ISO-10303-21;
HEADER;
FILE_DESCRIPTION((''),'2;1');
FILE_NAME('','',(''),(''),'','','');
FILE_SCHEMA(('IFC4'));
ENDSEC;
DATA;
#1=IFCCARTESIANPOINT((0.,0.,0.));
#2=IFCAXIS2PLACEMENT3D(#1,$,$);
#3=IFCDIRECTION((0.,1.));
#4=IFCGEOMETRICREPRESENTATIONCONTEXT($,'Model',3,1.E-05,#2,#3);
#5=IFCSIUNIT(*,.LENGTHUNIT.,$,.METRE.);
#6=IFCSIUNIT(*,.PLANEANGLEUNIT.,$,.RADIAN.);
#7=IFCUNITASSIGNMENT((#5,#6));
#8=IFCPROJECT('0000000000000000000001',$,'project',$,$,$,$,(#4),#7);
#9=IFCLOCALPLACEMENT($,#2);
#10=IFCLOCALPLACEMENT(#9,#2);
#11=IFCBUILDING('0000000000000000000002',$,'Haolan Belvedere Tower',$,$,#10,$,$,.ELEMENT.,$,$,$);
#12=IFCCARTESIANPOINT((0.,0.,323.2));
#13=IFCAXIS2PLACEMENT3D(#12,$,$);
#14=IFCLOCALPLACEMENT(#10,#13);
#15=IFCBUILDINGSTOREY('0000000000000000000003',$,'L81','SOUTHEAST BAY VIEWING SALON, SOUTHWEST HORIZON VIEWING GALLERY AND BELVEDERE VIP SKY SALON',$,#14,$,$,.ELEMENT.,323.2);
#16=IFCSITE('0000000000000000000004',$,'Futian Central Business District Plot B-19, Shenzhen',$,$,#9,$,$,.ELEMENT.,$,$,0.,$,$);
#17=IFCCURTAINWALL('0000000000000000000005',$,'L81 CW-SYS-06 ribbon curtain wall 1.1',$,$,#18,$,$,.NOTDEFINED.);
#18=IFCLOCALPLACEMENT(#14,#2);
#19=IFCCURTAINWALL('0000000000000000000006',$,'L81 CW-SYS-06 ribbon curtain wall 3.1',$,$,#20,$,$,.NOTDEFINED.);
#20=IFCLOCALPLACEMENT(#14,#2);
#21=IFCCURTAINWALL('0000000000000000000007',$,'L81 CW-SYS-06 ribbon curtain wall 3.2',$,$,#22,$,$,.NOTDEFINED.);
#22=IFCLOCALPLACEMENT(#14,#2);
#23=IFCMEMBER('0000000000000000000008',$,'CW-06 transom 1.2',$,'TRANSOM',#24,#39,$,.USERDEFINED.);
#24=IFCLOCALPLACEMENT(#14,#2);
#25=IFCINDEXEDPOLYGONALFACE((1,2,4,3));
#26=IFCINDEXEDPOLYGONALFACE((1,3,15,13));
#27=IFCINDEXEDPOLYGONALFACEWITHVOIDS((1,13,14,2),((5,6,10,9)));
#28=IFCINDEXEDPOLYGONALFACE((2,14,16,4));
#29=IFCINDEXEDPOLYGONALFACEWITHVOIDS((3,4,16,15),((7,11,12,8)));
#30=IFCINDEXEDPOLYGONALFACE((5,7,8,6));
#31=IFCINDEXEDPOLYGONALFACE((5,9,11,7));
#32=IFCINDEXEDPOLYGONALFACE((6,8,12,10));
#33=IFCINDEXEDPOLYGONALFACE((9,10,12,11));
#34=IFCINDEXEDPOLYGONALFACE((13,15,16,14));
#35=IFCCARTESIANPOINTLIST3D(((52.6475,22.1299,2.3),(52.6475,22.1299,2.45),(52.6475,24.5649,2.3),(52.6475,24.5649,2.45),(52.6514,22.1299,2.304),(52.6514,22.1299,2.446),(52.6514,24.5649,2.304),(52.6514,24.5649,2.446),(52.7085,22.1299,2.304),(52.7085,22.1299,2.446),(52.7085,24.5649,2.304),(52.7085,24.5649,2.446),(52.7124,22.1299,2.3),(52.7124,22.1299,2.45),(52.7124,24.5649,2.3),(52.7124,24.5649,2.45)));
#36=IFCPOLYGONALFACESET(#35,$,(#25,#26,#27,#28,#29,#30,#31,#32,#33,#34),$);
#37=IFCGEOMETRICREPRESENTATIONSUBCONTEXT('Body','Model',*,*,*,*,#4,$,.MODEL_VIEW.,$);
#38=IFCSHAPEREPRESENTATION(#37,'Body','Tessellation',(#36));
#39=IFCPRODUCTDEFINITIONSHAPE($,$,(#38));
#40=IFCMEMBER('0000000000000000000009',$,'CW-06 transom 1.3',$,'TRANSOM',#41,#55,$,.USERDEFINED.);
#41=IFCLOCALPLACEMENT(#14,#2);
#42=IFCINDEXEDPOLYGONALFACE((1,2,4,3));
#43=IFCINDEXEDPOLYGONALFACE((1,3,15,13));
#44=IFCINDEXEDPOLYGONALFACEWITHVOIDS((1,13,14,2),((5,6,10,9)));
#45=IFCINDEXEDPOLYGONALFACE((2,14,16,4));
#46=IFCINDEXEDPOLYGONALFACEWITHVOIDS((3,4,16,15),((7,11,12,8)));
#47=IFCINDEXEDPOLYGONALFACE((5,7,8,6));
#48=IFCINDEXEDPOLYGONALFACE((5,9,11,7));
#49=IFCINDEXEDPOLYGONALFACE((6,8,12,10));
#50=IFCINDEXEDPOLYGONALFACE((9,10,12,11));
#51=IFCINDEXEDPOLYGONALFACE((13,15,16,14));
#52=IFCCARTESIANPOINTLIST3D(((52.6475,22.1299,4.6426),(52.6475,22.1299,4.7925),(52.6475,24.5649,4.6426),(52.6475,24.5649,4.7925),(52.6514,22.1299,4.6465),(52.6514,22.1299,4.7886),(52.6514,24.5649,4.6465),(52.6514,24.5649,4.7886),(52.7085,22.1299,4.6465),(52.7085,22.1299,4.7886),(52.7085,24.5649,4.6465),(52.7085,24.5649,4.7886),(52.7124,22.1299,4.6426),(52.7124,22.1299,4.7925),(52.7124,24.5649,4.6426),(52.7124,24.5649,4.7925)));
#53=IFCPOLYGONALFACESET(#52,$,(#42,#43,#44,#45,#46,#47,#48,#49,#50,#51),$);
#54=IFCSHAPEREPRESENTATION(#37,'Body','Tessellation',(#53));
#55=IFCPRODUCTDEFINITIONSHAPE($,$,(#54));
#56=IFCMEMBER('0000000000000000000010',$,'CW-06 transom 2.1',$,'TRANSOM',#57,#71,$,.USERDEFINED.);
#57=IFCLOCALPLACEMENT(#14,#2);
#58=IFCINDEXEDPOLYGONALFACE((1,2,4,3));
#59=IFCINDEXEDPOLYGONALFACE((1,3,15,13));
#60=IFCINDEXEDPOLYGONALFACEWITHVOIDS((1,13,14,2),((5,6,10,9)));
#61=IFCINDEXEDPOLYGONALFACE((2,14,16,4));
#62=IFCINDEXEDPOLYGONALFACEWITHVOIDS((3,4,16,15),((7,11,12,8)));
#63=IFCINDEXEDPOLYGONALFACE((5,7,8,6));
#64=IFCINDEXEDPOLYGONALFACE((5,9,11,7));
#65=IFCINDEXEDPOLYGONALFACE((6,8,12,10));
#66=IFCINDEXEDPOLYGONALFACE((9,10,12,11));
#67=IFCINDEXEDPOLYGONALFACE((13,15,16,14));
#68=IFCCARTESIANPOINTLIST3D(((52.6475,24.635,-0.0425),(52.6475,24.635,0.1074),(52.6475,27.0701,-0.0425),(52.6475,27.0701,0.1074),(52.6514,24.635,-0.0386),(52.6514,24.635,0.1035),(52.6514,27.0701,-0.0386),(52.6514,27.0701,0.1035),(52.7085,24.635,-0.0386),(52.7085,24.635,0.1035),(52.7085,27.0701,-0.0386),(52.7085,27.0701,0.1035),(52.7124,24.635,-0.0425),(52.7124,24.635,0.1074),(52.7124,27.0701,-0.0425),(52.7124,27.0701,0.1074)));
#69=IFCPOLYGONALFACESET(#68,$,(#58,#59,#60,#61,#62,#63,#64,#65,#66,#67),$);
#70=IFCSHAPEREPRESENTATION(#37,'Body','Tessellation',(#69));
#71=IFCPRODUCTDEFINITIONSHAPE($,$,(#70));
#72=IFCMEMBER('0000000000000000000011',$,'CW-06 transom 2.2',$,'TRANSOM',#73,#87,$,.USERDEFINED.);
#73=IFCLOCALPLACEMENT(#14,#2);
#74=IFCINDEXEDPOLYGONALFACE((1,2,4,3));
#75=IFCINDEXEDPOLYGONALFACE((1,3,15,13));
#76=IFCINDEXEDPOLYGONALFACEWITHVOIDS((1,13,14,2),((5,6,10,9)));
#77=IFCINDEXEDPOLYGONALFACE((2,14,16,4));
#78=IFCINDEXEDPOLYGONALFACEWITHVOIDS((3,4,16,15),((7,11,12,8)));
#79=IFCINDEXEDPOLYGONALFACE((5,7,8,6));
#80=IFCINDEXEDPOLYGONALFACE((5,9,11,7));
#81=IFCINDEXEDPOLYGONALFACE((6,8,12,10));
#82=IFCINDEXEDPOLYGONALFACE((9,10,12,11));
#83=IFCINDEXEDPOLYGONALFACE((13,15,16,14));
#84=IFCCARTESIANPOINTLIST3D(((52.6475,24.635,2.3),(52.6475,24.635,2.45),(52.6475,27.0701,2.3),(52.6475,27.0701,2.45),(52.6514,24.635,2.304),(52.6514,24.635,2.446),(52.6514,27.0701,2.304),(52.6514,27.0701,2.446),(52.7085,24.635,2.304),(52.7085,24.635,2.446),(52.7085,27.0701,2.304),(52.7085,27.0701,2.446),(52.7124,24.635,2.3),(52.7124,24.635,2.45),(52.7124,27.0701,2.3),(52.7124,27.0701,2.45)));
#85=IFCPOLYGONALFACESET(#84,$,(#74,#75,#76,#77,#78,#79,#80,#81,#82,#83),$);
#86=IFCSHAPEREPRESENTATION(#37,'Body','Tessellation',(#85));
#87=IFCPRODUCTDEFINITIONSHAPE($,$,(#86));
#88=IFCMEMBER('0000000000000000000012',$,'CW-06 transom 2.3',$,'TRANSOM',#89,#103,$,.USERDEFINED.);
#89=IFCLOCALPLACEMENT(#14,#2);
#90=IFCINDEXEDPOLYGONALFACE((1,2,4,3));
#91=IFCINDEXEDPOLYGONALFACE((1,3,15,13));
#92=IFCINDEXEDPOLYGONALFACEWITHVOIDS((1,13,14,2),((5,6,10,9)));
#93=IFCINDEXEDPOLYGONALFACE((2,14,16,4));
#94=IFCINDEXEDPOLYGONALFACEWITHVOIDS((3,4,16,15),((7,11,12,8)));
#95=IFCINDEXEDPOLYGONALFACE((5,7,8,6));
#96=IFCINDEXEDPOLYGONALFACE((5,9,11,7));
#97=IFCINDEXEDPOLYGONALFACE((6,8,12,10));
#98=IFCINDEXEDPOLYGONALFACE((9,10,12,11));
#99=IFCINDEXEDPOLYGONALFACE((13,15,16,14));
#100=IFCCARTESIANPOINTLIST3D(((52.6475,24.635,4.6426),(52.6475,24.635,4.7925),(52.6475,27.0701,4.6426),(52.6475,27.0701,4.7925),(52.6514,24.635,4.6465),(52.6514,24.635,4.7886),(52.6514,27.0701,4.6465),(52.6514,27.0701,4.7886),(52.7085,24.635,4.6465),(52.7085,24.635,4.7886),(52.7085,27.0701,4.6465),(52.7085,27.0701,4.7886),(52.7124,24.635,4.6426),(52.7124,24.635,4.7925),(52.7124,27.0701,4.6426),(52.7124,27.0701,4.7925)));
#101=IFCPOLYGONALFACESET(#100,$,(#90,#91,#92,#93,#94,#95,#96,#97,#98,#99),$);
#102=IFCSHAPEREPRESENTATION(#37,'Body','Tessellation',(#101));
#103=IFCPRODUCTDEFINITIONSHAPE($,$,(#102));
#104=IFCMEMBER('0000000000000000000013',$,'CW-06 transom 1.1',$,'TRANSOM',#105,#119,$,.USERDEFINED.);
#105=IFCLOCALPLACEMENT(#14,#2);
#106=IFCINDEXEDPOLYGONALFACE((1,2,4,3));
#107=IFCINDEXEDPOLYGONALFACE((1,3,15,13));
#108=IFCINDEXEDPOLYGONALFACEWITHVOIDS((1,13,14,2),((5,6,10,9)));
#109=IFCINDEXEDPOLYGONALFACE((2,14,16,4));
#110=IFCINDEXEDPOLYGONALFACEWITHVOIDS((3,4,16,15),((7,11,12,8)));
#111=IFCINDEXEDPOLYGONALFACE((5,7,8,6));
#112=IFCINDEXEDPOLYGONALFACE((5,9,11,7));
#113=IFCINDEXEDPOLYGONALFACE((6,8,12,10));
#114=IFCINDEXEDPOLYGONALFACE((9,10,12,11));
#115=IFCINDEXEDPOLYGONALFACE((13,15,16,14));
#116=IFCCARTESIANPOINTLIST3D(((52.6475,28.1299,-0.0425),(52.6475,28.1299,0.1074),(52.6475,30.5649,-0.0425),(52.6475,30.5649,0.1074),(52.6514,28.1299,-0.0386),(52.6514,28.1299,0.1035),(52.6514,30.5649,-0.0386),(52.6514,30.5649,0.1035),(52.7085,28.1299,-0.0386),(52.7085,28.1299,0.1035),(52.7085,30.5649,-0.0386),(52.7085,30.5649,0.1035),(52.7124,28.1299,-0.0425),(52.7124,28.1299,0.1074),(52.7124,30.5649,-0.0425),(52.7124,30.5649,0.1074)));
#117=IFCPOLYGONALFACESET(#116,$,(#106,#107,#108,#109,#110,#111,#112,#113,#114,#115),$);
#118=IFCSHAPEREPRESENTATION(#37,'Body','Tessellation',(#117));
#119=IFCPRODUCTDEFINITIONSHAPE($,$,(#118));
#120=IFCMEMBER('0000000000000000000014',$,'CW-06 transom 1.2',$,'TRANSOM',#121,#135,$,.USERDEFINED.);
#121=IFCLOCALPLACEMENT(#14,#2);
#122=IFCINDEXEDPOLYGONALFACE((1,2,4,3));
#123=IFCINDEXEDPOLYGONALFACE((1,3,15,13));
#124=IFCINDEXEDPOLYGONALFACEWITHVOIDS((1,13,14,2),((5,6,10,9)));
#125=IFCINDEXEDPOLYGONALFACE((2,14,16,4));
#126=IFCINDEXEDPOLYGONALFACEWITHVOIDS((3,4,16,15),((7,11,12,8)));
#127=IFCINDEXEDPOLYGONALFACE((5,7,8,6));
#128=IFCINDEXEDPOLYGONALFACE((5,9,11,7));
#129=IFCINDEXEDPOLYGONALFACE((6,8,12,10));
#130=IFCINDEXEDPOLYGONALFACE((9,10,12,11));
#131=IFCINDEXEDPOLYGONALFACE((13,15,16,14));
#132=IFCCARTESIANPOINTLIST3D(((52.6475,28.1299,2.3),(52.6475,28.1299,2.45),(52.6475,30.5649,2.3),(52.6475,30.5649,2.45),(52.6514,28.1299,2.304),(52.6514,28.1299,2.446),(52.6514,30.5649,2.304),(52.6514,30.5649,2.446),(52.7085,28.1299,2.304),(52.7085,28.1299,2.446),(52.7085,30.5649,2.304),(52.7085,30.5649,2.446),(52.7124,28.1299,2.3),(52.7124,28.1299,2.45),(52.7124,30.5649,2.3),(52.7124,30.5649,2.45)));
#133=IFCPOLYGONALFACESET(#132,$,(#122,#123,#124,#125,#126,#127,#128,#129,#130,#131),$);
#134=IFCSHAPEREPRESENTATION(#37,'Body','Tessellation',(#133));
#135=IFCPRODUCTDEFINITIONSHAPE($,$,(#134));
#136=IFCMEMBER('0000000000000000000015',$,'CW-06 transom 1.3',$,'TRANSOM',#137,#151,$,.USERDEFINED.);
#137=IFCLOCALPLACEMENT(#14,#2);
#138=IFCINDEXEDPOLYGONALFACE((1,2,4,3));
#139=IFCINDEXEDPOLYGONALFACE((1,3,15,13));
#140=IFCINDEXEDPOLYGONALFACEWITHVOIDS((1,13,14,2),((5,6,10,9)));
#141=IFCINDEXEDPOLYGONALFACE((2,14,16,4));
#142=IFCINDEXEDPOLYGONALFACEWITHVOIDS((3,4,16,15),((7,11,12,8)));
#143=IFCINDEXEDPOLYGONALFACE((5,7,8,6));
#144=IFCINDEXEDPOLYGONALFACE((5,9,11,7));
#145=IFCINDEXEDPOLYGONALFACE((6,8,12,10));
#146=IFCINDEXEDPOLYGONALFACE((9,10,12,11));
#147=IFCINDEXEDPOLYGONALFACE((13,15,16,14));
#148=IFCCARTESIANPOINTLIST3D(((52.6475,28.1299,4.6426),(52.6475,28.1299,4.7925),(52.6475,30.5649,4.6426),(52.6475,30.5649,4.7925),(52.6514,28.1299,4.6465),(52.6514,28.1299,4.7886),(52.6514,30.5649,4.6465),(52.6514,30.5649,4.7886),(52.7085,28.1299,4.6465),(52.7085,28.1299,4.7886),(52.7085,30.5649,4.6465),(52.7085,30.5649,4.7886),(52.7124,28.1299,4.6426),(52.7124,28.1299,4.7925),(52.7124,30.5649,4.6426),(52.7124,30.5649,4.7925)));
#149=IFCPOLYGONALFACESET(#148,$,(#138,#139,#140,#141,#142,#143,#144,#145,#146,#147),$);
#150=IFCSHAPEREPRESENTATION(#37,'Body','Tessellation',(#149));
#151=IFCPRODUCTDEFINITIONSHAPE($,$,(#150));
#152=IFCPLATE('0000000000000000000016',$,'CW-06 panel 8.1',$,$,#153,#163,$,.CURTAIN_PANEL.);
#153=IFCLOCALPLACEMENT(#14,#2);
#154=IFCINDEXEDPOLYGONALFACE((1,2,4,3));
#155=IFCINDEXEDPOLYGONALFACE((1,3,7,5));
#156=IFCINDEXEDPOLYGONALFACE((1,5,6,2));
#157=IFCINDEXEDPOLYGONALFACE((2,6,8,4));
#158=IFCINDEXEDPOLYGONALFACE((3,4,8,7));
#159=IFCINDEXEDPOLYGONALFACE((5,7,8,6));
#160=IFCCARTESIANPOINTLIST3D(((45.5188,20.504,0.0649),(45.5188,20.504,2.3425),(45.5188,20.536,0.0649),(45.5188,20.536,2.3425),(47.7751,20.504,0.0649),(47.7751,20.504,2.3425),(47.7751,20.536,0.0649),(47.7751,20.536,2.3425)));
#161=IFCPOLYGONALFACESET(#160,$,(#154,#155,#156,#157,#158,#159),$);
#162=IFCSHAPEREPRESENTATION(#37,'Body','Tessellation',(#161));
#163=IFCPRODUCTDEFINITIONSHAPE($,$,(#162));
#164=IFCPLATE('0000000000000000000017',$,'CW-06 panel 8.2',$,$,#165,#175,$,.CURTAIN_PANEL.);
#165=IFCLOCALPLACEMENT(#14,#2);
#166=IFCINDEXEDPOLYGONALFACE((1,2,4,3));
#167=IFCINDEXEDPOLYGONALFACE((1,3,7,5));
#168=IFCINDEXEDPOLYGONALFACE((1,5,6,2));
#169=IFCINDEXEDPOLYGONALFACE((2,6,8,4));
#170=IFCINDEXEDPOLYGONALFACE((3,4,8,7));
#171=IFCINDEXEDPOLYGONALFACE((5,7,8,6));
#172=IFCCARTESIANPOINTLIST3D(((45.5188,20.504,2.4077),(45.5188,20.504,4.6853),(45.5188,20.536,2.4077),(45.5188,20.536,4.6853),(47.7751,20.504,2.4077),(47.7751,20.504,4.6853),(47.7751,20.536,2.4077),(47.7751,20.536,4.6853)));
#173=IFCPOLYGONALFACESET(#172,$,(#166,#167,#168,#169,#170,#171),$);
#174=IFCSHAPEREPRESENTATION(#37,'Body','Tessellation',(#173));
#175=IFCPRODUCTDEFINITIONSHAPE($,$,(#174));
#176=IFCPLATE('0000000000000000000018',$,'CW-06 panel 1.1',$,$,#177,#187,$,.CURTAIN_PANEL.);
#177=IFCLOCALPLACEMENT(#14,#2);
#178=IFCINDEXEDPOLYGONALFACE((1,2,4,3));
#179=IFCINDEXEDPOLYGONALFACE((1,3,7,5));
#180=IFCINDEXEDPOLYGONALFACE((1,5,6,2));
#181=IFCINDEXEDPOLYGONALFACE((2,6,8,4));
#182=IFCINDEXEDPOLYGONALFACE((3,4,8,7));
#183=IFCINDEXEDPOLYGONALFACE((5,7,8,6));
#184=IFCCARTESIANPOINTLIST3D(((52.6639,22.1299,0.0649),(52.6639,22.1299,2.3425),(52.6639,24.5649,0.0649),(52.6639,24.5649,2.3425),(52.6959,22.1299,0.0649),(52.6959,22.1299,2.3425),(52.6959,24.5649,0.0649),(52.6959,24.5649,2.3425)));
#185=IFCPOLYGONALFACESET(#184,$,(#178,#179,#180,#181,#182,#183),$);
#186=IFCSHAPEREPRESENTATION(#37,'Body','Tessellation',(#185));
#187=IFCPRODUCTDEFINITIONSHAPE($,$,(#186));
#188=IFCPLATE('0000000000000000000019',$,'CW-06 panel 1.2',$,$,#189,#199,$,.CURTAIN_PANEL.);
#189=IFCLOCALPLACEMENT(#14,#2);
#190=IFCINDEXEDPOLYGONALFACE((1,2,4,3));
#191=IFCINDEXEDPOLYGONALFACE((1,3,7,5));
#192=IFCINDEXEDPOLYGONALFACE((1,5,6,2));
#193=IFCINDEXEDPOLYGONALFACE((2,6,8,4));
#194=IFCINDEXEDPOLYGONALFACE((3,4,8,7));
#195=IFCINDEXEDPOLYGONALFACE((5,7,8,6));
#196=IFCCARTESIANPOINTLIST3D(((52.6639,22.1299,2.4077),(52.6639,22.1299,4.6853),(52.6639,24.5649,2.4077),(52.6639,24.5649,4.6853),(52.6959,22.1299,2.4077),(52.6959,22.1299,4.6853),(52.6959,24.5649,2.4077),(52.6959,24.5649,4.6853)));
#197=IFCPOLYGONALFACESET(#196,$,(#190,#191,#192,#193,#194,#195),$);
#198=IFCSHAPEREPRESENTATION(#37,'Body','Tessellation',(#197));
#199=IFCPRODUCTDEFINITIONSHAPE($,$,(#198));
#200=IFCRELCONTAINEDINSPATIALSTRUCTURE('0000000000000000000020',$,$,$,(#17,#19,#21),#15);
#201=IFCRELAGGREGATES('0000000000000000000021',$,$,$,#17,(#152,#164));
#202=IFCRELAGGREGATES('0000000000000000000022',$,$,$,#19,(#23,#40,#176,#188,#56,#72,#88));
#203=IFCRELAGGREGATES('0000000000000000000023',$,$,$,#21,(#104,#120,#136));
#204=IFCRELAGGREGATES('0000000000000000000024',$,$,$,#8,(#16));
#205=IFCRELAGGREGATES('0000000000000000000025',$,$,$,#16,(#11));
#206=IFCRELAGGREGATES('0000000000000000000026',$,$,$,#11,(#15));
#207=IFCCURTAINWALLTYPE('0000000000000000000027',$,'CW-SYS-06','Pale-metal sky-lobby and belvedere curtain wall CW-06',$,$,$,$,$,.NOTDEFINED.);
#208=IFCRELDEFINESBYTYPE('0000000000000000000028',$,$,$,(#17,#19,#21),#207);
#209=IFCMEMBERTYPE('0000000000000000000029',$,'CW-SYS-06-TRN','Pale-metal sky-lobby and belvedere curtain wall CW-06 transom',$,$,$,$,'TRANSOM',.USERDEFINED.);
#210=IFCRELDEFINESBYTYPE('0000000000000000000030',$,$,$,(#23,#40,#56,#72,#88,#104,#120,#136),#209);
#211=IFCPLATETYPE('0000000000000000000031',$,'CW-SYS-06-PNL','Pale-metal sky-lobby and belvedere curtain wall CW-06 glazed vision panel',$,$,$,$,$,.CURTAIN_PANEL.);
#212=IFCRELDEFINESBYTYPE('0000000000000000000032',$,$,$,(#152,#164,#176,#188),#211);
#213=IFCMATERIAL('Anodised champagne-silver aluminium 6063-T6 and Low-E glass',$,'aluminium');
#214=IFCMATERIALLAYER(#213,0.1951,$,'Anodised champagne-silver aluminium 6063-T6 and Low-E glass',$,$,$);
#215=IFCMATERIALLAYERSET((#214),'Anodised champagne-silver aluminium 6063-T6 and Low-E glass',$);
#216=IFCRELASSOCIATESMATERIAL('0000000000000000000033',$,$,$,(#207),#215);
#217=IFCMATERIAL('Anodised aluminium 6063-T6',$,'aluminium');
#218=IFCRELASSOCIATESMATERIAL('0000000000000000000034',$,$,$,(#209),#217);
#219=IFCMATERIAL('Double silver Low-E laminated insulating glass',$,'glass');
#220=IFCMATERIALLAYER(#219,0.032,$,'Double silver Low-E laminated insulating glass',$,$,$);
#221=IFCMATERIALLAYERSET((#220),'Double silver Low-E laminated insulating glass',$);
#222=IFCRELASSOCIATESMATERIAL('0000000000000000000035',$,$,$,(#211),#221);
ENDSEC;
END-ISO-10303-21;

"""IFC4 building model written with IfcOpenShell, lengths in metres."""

from ifc_helpers import new_model, si_unit, direction, frame, origin, origin_2d, place, context, subcontext, project, spatial, rectangle, hollow_rectangle, extrude, material, layer, layer_set, material_profile, profile_set, type_object, element, aggregate, save


model = new_model("IFC4")

# Units and contexts
model_context = context("Model", 3, precision=1e-05, world=origin(), true_north=direction((0.0, 1.0)))
body_context = subcontext(model_context, "Body", "Model", "MODEL_VIEW")
ifc_project = project(units=[si_unit("LENGTHUNIT", "METRE"), si_unit("PLANEANGLEUNIT", "RADIAN")], contexts=[model_context])

# Site, building, storey
site_placement = place(None, origin())
site = spatial("IfcSite", under=ifc_project, at=site_placement, Name="Futian Central Business District Plot B-19, Shenzhen", CompositionType="ELEMENT", RefElevation=0.0)
building_placement = place(site_placement, origin())
building = spatial("IfcBuilding", under=site, at=building_placement, Name="Haolan Belvedere Tower", CompositionType="ELEMENT")
storey_placement = place(building_placement, frame((0.0, 0.0, 323.2)))
storey = spatial("IfcBuildingStorey", under=building, at=storey_placement, Name="L81", Description="SOUTHEAST BAY VIEWING SALON, SOUTHWEST HORIZON VIEWING GALLERY AND BELVEDERE VIP SKY SALON", CompositionType="ELEMENT", Elevation=323.2)

# Curtain wall
ifc_material_1 = material(Name="Anodised champagne-silver aluminium 6063-T6 and Low-E glass", Category="aluminium")
ifc_layer_1 = layer(ifc_material_1, 0.1951, Name="Anodised champagne-silver aluminium 6063-T6 and Low-E glass")
ifc_layer_set_1 = layer_set([ifc_layer_1], Name="Anodised champagne-silver aluminium 6063-T6 and Low-E glass")
curtain_wall_type = type_object("IfcCurtainWallType", Name="CW-SYS-06", Description="Pale-metal sky-lobby and belvedere curtain wall CW-06", PredefinedType="NOTDEFINED", material=ifc_layer_set_1)
curtain_wall_1_placement = place(storey_placement, origin())
curtain_wall_1 = element("IfcCurtainWall", 1, at=curtain_wall_1_placement, inside=storey, type_object=curtain_wall_type, Name="L81 CW-SYS-06 ribbon curtain wall 1.1", PredefinedType="NOTDEFINED")
ifc_material_2 = material(Name="Anodised aluminium 6063-T6", Category="aluminium")

# Curtain wall
curtain_wall_2_placement = place(storey_placement, origin())
curtain_wall_2 = element("IfcCurtainWall", 2, at=curtain_wall_2_placement, inside=storey, type_object=curtain_wall_type, Name="L81 CW-SYS-06 ribbon curtain wall 3.1", PredefinedType="NOTDEFINED")

# Curtain wall
curtain_wall_3_placement = place(storey_placement, origin())
curtain_wall_3 = element("IfcCurtainWall", 3, at=curtain_wall_3_placement, inside=storey, type_object=curtain_wall_type, Name="L81 CW-SYS-06 ribbon curtain wall 3.2", PredefinedType="NOTDEFINED")

# Members
ifc_material_profile_1 = material_profile(ifc_material_2, hollow_rectangle(XDim=0.0649, YDim=0.1499, WallThickness=0.0039, at=origin_2d()), Name="Anodised aluminium 6063-T6")
ifc_profile_set_1 = profile_set([ifc_material_profile_1], Name="Anodised aluminium 6063-T6")
member_type_1 = type_object("IfcMemberType", Name="CW-SYS-06-TRN", Description="Pale-metal sky-lobby and belvedere curtain wall CW-06 transom", ElementType="TRANSOM", PredefinedType="USERDEFINED", material=ifc_profile_set_1)
member_1_placement = place(storey_placement, frame((52.6799, 22.1299, 2.375), z_axis=(0.0, 1.0, 0.0), x_axis=(-1.0, 0.0, 0.0)))
member_1 = element("IfcMember", 4, at=member_1_placement, type_object=member_type_1, Name="CW-06 transom 1.2", ObjectType="TRANSOM", PredefinedType="USERDEFINED", context=body_context, shape_type="SweptSolid", body=[
    extrude(hollow_rectangle(XDim=0.0649, YDim=0.1499, WallThickness=0.0039, at=origin_2d()), origin(), (0.0, 0.0, 1.0), 2.4351),
])
member_2_placement = place(storey_placement, frame((52.6799, 22.1299, 4.7175), z_axis=(0.0, 1.0, 0.0), x_axis=(-1.0, 0.0, 0.0)))
member_2 = element("IfcMember", 5, at=member_2_placement, type_object=member_type_1, Name="CW-06 transom 1.3", ObjectType="TRANSOM", PredefinedType="USERDEFINED", context=body_context, shape_type="SweptSolid", body=[
    extrude(hollow_rectangle(XDim=0.0649, YDim=0.1499, WallThickness=0.0039, at=origin_2d()), origin(), (0.0, 0.0, 1.0), 2.4351),
])
member_3_placement = place(storey_placement, frame((52.6799, 24.635, 0.0325), z_axis=(0.0, 1.0, 0.0), x_axis=(-1.0, 0.0, 0.0)))
member_3 = element("IfcMember", 6, at=member_3_placement, type_object=member_type_1, Name="CW-06 transom 2.1", ObjectType="TRANSOM", PredefinedType="USERDEFINED", context=body_context, shape_type="SweptSolid", body=[
    extrude(hollow_rectangle(XDim=0.0649, YDim=0.1499, WallThickness=0.0039, at=origin_2d()), origin(), (0.0, 0.0, 1.0), 2.4351),
])
member_4_placement = place(storey_placement, frame((52.6799, 24.635, 2.375), z_axis=(0.0, 1.0, 0.0), x_axis=(-1.0, 0.0, 0.0)))
member_4 = element("IfcMember", 7, at=member_4_placement, type_object=member_type_1, Name="CW-06 transom 2.2", ObjectType="TRANSOM", PredefinedType="USERDEFINED", context=body_context, shape_type="SweptSolid", body=[
    extrude(hollow_rectangle(XDim=0.0649, YDim=0.1499, WallThickness=0.0039, at=origin_2d()), origin(), (0.0, 0.0, 1.0), 2.4351),
])
member_5_placement = place(storey_placement, frame((52.6799, 24.635, 4.7175), z_axis=(0.0, 1.0, 0.0), x_axis=(-1.0, 0.0, 0.0)))
member_5 = element("IfcMember", 8, at=member_5_placement, type_object=member_type_1, Name="CW-06 transom 2.3", ObjectType="TRANSOM", PredefinedType="USERDEFINED", context=body_context, shape_type="SweptSolid", body=[
    extrude(hollow_rectangle(XDim=0.0649, YDim=0.1499, WallThickness=0.0039, at=origin_2d()), origin(), (0.0, 0.0, 1.0), 2.4351),
])
member_6_placement = place(storey_placement, frame((52.6799, 28.1299, 0.0325), z_axis=(0.0, 1.0, 0.0), x_axis=(-1.0, 0.0, 0.0)))
member_6 = element("IfcMember", 9, at=member_6_placement, type_object=member_type_1, Name="CW-06 transom 1.1", ObjectType="TRANSOM", PredefinedType="USERDEFINED", context=body_context, shape_type="SweptSolid", body=[
    extrude(hollow_rectangle(XDim=0.0649, YDim=0.1499, WallThickness=0.0039, at=origin_2d()), origin(), (0.0, 0.0, 1.0), 2.4351),
])
member_7_placement = place(storey_placement, frame((52.6799, 28.1299, 2.375), z_axis=(0.0, 1.0, 0.0), x_axis=(-1.0, 0.0, 0.0)))
member_7 = element("IfcMember", 10, at=member_7_placement, type_object=member_type_1, Name="CW-06 transom 1.2", ObjectType="TRANSOM", PredefinedType="USERDEFINED", context=body_context, shape_type="SweptSolid", body=[
    extrude(hollow_rectangle(XDim=0.0649, YDim=0.1499, WallThickness=0.0039, at=origin_2d()), origin(), (0.0, 0.0, 1.0), 2.4351),
])
member_8_placement = place(storey_placement, frame((52.6799, 28.1299, 4.7175), z_axis=(0.0, 1.0, 0.0), x_axis=(-1.0, 0.0, 0.0)))
member_8 = element("IfcMember", 11, at=member_8_placement, type_object=member_type_1, Name="CW-06 transom 1.3", ObjectType="TRANSOM", PredefinedType="USERDEFINED", context=body_context, shape_type="SweptSolid", body=[
    extrude(hollow_rectangle(XDim=0.0649, YDim=0.1499, WallThickness=0.0039, at=origin_2d()), origin(), (0.0, 0.0, 1.0), 2.4351),
])

# Plates
ifc_material_3 = material(Name="Double silver Low-E laminated insulating glass", Category="glass")
ifc_layer_2 = layer(ifc_material_3, 0.032, Name="Double silver Low-E laminated insulating glass")
ifc_layer_set_2 = layer_set([ifc_layer_2], Name="Double silver Low-E laminated insulating glass")
plate_type_1 = type_object("IfcPlateType", Name="CW-SYS-06-PNL", Description="Pale-metal sky-lobby and belvedere curtain wall CW-06 glazed vision panel", PredefinedType="CURTAIN_PANEL", material=ifc_layer_set_2)
plate_1_placement = place(storey_placement, frame((46.647, 20.52, 0.0649), z_axis=(0.0, 0.0, 1.0), x_axis=(1.0, 0.0, 0.0)))
plate_1 = element("IfcPlate", 12, at=plate_1_placement, type_object=plate_type_1, Name="CW-06 panel 8.1", PredefinedType="CURTAIN_PANEL", context=body_context, shape_type="SweptSolid", body=[
    extrude(rectangle(XDim=2.2563, YDim=0.032, at=origin_2d()), origin(), (0.0, 0.0, 1.0), 2.2776),
])
plate_2_placement = place(storey_placement, frame((46.647, 20.52, 2.4077), z_axis=(0.0, 0.0, 1.0), x_axis=(1.0, 0.0, 0.0)))
plate_2 = element("IfcPlate", 13, at=plate_2_placement, type_object=plate_type_1, Name="CW-06 panel 8.2", PredefinedType="CURTAIN_PANEL", context=body_context, shape_type="SweptSolid", body=[
    extrude(rectangle(XDim=2.2563, YDim=0.032, at=origin_2d()), origin(), (0.0, 0.0, 1.0), 2.2776),
])
aggregate(curtain_wall_1, [plate_1, plate_2])
plate_3_placement = place(storey_placement, frame((52.6799, 23.3474, 0.0649), z_axis=(0.0, 0.0, 1.0), x_axis=(0.0, 1.0, 0.0)))
plate_3 = element("IfcPlate", 14, at=plate_3_placement, type_object=plate_type_1, Name="CW-06 panel 1.1", PredefinedType="CURTAIN_PANEL", context=body_context, shape_type="SweptSolid", body=[
    extrude(rectangle(XDim=2.4351, YDim=0.032, at=origin_2d()), origin(), (0.0, 0.0, 1.0), 2.2776),
])
plate_4_placement = place(storey_placement, frame((52.6799, 23.3474, 2.4077), z_axis=(0.0, 0.0, 1.0), x_axis=(0.0, 1.0, 0.0)))
plate_4 = element("IfcPlate", 15, at=plate_4_placement, type_object=plate_type_1, Name="CW-06 panel 1.2", PredefinedType="CURTAIN_PANEL", context=body_context, shape_type="SweptSolid", body=[
    extrude(rectangle(XDim=2.4351, YDim=0.032, at=origin_2d()), origin(), (0.0, 0.0, 1.0), 2.2776),
])
aggregate(curtain_wall_2, [member_1, member_2, plate_3, plate_4, member_3, member_4, member_5])
aggregate(curtain_wall_3, [member_6, member_7, member_8])

save(model, "model.ifc")
